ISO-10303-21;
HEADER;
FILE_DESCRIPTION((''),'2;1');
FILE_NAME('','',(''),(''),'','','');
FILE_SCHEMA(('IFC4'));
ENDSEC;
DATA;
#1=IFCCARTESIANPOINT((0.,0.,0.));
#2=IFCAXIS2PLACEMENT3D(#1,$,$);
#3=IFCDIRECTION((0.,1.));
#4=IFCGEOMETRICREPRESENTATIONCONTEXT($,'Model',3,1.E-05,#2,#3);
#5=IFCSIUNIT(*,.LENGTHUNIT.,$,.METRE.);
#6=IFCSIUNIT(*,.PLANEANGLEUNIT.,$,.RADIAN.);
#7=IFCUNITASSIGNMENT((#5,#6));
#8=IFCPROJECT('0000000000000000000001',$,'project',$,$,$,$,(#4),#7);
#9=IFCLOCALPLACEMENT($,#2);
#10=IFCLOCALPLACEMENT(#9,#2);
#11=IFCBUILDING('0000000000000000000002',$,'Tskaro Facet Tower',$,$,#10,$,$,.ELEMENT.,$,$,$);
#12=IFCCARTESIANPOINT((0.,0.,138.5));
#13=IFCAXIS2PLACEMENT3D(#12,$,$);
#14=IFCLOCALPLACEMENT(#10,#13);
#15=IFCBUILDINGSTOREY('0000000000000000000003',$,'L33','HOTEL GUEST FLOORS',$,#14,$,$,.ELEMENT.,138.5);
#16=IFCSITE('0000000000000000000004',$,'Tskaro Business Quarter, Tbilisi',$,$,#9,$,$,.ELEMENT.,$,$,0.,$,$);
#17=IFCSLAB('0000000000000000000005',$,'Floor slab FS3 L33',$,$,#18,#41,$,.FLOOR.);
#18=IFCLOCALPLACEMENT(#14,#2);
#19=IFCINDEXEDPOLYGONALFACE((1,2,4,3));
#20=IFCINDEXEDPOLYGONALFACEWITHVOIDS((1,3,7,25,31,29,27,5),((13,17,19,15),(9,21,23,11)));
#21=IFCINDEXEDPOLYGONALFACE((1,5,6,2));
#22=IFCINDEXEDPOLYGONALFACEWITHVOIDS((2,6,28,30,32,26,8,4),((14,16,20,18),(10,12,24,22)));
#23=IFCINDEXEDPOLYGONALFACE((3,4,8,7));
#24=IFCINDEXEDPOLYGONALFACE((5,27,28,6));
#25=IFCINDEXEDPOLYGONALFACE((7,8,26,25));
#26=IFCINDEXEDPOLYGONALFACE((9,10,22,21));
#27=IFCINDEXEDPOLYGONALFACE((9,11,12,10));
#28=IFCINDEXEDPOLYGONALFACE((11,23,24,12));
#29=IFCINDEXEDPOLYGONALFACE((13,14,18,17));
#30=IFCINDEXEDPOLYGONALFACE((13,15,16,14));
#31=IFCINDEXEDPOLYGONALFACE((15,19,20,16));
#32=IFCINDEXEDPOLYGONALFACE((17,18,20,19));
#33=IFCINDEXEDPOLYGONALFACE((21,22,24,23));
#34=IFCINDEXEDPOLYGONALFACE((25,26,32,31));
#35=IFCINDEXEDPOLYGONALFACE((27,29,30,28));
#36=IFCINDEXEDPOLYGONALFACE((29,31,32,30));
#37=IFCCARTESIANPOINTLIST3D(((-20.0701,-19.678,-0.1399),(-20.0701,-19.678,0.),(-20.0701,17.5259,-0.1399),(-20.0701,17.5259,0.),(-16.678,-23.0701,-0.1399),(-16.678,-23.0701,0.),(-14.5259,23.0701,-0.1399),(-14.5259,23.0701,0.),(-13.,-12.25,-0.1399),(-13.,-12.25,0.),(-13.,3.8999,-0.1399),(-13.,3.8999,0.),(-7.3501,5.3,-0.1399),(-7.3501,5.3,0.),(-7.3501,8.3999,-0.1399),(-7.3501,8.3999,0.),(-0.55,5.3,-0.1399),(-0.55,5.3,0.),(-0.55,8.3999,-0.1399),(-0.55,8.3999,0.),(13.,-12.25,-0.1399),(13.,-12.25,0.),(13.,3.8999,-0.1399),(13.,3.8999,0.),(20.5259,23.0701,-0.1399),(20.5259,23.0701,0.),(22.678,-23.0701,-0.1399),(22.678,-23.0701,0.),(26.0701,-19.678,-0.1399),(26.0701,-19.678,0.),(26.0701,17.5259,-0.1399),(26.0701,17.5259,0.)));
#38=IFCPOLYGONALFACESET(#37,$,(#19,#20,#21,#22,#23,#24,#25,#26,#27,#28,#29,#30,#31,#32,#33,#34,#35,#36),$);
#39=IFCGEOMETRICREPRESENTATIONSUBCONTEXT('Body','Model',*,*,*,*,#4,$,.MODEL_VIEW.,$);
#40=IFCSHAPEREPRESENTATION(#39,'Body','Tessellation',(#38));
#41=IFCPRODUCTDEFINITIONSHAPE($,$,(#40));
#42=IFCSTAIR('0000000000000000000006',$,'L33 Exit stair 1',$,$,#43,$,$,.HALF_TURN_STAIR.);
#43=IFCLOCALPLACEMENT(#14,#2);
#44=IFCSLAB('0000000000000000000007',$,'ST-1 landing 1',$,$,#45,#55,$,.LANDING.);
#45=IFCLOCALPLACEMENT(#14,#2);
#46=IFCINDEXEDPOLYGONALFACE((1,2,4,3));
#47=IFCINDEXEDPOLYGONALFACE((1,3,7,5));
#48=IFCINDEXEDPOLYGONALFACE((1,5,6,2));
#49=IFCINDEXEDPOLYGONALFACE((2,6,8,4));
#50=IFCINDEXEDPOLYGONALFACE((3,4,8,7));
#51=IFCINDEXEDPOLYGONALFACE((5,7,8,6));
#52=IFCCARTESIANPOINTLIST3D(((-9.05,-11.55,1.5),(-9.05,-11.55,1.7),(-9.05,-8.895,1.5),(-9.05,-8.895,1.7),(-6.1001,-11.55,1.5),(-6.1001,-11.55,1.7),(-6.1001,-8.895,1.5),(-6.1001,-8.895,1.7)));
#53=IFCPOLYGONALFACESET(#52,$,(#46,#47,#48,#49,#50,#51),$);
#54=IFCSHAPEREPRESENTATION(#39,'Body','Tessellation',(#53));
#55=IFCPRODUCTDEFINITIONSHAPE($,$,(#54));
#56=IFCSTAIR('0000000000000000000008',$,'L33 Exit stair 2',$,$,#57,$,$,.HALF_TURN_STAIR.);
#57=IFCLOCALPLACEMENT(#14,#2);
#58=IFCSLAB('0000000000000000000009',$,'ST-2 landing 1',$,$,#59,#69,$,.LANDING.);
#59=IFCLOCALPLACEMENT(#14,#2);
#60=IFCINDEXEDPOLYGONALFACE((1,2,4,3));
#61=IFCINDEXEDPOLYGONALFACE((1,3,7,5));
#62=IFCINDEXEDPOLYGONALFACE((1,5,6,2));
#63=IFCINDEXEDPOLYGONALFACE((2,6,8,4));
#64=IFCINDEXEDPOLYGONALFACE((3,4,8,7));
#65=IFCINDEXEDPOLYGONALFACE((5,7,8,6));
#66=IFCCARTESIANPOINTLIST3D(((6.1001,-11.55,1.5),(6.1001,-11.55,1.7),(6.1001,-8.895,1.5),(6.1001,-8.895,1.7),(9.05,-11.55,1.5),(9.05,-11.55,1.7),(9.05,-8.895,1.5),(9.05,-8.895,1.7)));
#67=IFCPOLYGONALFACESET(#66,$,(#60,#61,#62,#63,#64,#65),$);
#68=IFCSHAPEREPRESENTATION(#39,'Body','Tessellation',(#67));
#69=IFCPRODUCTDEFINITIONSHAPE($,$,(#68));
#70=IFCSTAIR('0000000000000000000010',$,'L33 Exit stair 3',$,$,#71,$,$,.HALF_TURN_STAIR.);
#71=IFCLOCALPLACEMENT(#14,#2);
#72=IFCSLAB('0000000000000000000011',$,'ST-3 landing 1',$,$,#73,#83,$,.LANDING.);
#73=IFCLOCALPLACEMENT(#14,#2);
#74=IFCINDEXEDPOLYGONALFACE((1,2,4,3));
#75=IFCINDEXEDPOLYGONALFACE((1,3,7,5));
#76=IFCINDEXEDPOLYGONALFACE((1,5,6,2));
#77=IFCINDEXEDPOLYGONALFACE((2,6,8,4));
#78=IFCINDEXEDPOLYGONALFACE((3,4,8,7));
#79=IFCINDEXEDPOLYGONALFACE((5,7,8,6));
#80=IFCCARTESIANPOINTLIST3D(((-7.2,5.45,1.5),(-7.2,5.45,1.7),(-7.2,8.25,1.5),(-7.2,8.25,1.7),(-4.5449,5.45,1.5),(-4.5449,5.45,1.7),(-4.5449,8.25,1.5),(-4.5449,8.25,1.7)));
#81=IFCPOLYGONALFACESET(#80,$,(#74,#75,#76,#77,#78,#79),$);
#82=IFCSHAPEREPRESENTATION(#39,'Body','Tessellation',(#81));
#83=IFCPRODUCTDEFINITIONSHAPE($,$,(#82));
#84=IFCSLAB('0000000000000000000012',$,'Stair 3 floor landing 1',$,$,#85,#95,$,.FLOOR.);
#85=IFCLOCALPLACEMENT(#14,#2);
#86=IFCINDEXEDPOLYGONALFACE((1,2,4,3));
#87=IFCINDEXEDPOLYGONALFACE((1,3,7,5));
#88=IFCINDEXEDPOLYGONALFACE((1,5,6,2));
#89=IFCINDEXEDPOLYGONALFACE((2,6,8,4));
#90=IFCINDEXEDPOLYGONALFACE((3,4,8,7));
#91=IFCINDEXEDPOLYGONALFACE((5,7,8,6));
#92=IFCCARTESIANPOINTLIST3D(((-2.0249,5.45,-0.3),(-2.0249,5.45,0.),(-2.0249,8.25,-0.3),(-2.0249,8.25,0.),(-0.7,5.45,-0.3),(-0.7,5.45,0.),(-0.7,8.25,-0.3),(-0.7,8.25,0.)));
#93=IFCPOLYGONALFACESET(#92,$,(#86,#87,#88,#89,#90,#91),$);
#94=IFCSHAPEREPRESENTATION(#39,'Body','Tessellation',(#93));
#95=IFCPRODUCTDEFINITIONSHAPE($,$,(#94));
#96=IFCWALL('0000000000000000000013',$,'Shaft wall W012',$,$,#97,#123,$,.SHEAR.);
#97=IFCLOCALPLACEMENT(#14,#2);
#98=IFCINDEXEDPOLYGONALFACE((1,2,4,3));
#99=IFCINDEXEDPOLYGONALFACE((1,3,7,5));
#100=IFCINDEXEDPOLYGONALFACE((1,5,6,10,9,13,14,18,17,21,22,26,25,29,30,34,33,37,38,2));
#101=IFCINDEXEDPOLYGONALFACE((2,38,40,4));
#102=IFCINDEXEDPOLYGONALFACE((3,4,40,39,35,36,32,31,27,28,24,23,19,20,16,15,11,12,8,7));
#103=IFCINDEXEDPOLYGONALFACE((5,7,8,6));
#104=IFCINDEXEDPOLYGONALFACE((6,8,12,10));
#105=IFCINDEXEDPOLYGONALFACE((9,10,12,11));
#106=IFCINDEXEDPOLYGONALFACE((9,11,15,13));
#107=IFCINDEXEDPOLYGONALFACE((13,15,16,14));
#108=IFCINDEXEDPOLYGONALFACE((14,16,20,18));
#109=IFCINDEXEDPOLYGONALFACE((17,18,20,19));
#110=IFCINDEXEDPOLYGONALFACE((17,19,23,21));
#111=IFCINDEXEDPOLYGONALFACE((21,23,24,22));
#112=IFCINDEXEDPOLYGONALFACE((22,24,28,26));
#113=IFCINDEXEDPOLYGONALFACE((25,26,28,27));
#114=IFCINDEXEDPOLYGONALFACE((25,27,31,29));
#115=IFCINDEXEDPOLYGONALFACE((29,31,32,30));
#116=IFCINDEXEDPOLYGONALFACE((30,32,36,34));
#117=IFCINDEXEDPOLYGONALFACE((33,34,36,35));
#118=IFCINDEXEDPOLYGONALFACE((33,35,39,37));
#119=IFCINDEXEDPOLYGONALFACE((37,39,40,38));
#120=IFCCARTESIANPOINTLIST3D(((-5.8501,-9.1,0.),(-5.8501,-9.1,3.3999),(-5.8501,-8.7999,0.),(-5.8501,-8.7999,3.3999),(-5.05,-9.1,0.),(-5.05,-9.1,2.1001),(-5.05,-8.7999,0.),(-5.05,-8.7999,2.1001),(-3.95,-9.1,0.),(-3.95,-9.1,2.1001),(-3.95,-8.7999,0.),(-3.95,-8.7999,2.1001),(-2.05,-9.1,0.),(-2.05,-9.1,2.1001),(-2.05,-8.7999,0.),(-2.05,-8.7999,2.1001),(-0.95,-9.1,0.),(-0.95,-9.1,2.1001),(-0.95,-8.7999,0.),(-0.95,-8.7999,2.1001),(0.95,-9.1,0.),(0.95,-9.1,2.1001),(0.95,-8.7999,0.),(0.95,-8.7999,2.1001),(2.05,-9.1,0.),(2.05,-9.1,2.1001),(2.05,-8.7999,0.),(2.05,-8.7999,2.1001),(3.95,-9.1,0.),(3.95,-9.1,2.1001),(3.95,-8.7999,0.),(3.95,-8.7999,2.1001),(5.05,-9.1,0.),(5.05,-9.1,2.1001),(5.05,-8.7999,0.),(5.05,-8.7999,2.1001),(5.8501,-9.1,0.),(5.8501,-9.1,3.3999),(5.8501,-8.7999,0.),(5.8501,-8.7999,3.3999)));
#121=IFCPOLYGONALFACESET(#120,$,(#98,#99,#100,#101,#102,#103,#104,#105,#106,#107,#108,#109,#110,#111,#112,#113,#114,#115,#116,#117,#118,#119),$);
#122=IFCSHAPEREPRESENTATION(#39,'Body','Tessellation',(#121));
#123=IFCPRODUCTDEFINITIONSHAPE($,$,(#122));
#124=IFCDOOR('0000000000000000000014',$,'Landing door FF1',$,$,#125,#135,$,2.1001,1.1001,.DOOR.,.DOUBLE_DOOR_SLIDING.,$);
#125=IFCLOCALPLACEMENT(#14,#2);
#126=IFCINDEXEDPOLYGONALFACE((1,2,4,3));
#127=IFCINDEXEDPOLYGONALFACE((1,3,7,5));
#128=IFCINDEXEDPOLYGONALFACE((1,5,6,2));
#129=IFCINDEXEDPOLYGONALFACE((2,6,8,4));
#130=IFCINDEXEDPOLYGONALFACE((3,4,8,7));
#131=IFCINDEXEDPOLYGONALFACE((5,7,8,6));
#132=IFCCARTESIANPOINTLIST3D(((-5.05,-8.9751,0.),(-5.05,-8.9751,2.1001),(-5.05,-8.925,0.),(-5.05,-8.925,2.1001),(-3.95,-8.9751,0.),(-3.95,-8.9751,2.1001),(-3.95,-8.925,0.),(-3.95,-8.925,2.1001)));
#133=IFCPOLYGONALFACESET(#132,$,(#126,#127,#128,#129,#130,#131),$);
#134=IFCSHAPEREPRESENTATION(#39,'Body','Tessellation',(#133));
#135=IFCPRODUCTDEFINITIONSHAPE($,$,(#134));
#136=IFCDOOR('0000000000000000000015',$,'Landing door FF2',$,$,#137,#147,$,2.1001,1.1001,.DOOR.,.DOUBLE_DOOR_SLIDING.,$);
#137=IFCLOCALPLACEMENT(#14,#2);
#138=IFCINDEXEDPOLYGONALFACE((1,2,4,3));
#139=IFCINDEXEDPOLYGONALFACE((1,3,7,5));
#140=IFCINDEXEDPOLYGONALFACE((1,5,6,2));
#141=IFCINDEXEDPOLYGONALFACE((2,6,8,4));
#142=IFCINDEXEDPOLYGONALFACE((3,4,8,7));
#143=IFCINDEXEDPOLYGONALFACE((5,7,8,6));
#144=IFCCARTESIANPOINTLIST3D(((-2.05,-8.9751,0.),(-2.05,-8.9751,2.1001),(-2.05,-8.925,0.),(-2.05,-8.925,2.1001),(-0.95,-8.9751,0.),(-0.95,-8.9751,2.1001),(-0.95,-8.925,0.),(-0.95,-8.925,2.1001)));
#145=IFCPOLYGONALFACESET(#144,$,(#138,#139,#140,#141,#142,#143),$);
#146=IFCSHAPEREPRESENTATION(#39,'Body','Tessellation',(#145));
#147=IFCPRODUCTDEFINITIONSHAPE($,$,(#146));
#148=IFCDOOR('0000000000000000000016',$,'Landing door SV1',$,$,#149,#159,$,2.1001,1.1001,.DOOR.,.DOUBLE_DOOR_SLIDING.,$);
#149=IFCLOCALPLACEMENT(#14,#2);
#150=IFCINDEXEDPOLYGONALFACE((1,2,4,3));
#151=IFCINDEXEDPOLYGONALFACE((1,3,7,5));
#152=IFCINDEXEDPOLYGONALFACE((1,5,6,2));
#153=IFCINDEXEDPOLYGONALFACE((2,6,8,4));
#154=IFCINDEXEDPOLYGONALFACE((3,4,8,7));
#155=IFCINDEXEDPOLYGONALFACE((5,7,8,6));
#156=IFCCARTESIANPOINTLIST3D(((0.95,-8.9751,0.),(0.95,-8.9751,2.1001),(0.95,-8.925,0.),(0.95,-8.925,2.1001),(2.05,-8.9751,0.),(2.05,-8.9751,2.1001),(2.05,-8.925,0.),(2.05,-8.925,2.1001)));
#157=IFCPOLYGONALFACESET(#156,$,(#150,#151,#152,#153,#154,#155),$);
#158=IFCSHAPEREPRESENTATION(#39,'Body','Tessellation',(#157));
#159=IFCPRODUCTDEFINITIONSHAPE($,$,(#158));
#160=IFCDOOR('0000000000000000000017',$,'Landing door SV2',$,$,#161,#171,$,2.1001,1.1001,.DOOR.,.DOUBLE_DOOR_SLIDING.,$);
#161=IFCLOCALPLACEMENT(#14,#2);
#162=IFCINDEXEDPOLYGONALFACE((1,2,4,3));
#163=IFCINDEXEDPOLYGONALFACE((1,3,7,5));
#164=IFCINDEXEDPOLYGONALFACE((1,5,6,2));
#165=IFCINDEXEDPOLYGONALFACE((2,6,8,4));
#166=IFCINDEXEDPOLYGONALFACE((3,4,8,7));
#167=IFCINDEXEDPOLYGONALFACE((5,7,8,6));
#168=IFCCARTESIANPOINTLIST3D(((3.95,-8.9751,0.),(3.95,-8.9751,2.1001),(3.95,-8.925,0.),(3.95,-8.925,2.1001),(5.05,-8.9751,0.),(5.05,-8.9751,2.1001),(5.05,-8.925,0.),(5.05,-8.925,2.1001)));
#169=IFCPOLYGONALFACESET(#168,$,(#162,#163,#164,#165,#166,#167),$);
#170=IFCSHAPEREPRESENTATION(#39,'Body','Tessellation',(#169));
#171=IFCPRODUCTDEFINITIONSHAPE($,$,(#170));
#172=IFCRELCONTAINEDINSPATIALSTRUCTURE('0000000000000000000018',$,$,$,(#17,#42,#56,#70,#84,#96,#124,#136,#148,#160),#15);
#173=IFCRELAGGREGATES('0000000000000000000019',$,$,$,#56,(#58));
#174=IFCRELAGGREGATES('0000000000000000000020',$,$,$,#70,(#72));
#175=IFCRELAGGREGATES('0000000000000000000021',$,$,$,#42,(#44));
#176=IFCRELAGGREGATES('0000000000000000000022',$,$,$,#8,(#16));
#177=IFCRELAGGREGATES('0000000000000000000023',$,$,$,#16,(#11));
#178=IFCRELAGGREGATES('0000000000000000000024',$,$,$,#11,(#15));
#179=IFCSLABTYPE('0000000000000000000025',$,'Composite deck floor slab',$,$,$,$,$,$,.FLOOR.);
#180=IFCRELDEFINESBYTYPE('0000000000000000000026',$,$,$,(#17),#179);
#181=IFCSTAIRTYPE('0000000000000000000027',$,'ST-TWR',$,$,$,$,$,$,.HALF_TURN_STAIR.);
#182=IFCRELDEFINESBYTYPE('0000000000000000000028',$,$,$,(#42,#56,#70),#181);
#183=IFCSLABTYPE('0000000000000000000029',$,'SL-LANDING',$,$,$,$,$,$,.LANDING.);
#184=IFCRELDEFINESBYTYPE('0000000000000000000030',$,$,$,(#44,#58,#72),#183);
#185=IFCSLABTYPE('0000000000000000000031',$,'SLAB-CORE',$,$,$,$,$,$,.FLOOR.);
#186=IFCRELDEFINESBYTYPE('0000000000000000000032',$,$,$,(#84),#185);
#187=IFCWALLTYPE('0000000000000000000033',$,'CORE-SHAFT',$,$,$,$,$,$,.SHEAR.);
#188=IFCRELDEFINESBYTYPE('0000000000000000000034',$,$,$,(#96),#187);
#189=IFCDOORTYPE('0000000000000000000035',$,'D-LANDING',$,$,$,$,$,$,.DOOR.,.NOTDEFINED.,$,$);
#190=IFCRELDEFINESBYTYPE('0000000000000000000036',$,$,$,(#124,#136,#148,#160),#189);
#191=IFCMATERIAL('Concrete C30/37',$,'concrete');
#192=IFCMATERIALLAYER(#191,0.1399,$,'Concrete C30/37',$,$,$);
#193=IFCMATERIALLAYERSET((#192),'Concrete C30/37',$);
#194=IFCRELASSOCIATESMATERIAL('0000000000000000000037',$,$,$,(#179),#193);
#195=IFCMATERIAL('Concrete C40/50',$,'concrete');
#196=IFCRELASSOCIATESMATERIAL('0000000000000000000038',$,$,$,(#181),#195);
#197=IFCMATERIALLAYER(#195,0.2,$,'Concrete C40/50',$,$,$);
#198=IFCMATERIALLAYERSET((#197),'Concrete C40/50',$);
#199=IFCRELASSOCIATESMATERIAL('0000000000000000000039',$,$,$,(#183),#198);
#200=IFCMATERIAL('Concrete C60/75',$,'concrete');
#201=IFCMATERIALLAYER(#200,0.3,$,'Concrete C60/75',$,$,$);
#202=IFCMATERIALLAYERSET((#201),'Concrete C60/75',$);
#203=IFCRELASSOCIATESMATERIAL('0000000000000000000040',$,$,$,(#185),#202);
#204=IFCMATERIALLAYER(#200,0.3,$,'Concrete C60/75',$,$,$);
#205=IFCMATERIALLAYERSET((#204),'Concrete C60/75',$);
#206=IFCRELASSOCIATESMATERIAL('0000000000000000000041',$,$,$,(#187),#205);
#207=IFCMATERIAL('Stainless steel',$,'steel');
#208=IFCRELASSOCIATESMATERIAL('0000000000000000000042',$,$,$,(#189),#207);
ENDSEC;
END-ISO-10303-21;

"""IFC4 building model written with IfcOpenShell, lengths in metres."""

from ifc_helpers import new_model, si_unit, direction, frame, frame_2d, origin, place, context, subcontext, project, spatial, polyline, rectangle, outline, extrude, material, layer, layer_set, type_object, element, fill, aggregate, save


model = new_model("IFC4")

# Units and contexts
model_context = context("Model", 3, precision=1e-05, world=origin(), true_north=direction((0.0, 1.0)))
body_context = subcontext(model_context, "Body", "Model", "MODEL_VIEW")
ifc_project = project(units=[si_unit("LENGTHUNIT", "METRE"), si_unit("PLANEANGLEUNIT", "RADIAN")], contexts=[model_context])

# Site, building, storey
site_placement = place(None, origin())
site = spatial("IfcSite", under=ifc_project, at=site_placement, Name="Tskaro Business Quarter, Tbilisi", CompositionType="ELEMENT", RefElevation=0.0)
building_placement = place(site_placement, origin())
building = spatial("IfcBuilding", under=site, at=building_placement, Name="Tskaro Facet Tower", CompositionType="ELEMENT")
storey_placement = place(building_placement, frame((0.0, 0.0, 138.5)))
storey = spatial("IfcBuildingStorey", under=building, at=storey_placement, Name="L33", Description="HOTEL GUEST FLOORS", CompositionType="ELEMENT", Elevation=138.5)

# Slab
ifc_material_1 = material(Name="Concrete C30/37", Category="concrete")
ifc_layer_1 = layer(ifc_material_1, 0.1399, Name="Concrete C30/37")
ifc_layer_set_1 = layer_set([ifc_layer_1], Name="Concrete C30/37")
slab_type_1 = type_object("IfcSlabType", Name="Composite deck floor slab", PredefinedType="FLOOR", material=ifc_layer_set_1)
slab_1_placement = place(storey_placement, frame((0.0, 0.0, -0.1399)))
element("IfcSlab", 1, at=slab_1_placement, inside=storey, type_object=slab_type_1, Name="Floor slab FS3 L33", PredefinedType="FLOOR", context=body_context, shape_type="SweptSolid", body=[
    extrude(outline(polyline([(-16.678, -23.0701), (22.678, -23.0701), (26.0701, -19.678), (26.0701, 17.5259), (20.5259, 23.0701), (-14.5259, 23.0701), (-20.0701, 17.5259), (-20.0701, -19.678), (-16.678, -23.0701)]), holes=[polyline([(-13.0, -12.25), (13.0, -12.25), (13.0, 3.8999), (-13.0, 3.8999), (-13.0, -12.25)]), polyline([(-7.3501, 5.3), (-0.55, 5.3), (-0.55, 8.3999), (-7.3501, 8.3999), (-7.3501, 5.3)])]), origin(), (0.0, 0.0, 1.0), 0.1399),
])

# Stairs, slabs
ifc_material_2 = material(Name="Concrete C40/50", Category="concrete")
stair_type = type_object("IfcStairType", Name="ST-TWR", PredefinedType="HALF_TURN_STAIR", material=ifc_material_2)
stair_1_placement = place(storey_placement, origin())
stair_1 = element("IfcStair", 2, at=stair_1_placement, inside=storey, type_object=stair_type, Name="L33 Exit stair 1", PredefinedType="HALF_TURN_STAIR")
ifc_layer_2 = layer(ifc_material_2, 0.2, Name="Concrete C40/50")
ifc_layer_set_2 = layer_set([ifc_layer_2], Name="Concrete C40/50")
slab_type_2 = type_object("IfcSlabType", Name="SL-LANDING", PredefinedType="LANDING", material=ifc_layer_set_2)
slab_2_placement = place(storey_placement, frame((0.0, 0.0, 1.5)))
slab_2 = element("IfcSlab", 3, at=slab_2_placement, type_object=slab_type_2, Name="ST-1 landing 1", PredefinedType="LANDING", context=body_context, shape_type="SweptSolid", body=[
    extrude(outline(polyline([(-9.05, -11.55), (-6.1001, -11.55), (-6.1001, -8.895), (-9.05, -8.895), (-9.05, -11.55)])), origin(), (0.0, 0.0, 1.0), 0.2),
])
stair_2_placement = place(storey_placement, origin())
stair_2 = element("IfcStair", 4, at=stair_2_placement, inside=storey, type_object=stair_type, Name="L33 Exit stair 2", PredefinedType="HALF_TURN_STAIR")
slab_3_placement = place(storey_placement, frame((0.0, 0.0, 1.5)))
slab_3 = element("IfcSlab", 5, at=slab_3_placement, type_object=slab_type_2, Name="ST-2 landing 1", PredefinedType="LANDING", context=body_context, shape_type="SweptSolid", body=[
    extrude(outline(polyline([(6.1001, -11.55), (9.05, -11.55), (9.05, -8.895), (6.1001, -8.895), (6.1001, -11.55)])), origin(), (0.0, 0.0, 1.0), 0.2),
])
aggregate(stair_2, [slab_3])
stair_3_placement = place(storey_placement, origin())
stair_3 = element("IfcStair", 6, at=stair_3_placement, inside=storey, type_object=stair_type, Name="L33 Exit stair 3", PredefinedType="HALF_TURN_STAIR")
slab_4_placement = place(storey_placement, frame((0.0, 0.0, 1.5)))
slab_4 = element("IfcSlab", 7, at=slab_4_placement, type_object=slab_type_2, Name="ST-3 landing 1", PredefinedType="LANDING", context=body_context, shape_type="SweptSolid", body=[
    extrude(outline(polyline([(-7.2, 5.45), (-4.5449, 5.45), (-4.5449, 8.25), (-7.2, 8.25), (-7.2, 5.45)])), origin(), (0.0, 0.0, 1.0), 0.2),
])
aggregate(stair_3, [slab_4])

# Slab
ifc_material_3 = material(Name="Concrete C60/75", Category="concrete")
ifc_layer_3 = layer(ifc_material_3, 0.3, Name="Concrete C60/75")
ifc_layer_set_3 = layer_set([ifc_layer_3], Name="Concrete C60/75")
slab_type_3 = type_object("IfcSlabType", Name="SLAB-CORE", PredefinedType="FLOOR", material=ifc_layer_set_3)
slab_5_placement = place(storey_placement, frame((0.0, 0.0, -0.3)))
element("IfcSlab", 8, at=slab_5_placement, inside=storey, type_object=slab_type_3, Name="Stair 3 floor landing 1", PredefinedType="FLOOR", context=body_context, shape_type="SweptSolid", body=[
    extrude(outline(polyline([(-2.0249, 5.45), (-0.7, 5.45), (-0.7, 8.25), (-2.0249, 8.25), (-2.0249, 5.45)])), origin(), (0.0, 0.0, 1.0), 0.3),
])

# Wall, openings, doors
ifc_layer_4 = layer(ifc_material_3, 0.3, Name="Concrete C60/75")
ifc_layer_set_4 = layer_set([ifc_layer_4], Name="Concrete C60/75")
wall_type_1 = type_object("IfcWallType", Name="CORE-SHAFT", PredefinedType="SHEAR", material=ifc_layer_set_4)
wall_1_placement = place(storey_placement, frame((-5.8501, -8.95, 0.0), z_axis=(0.0, 0.0, 1.0), x_axis=(1.0, 0.0, 0.0)))
wall_1 = element("IfcWall", 9, at=wall_1_placement, inside=storey, type_object=wall_type_1, Name="Shaft wall W012", PredefinedType="SHEAR", context=body_context, shape_type="SweptSolid", body=[
    extrude(rectangle(XDim=11.7002, YDim=0.3, at=frame_2d((5.8501, 0.0))), origin(), (0.0, 0.0, 1.0), 3.3999),
])
opening_1_placement = place(wall_1_placement, frame((0.8, 0.0, 0.0)))
opening_1 = element("IfcOpeningElement", 10, at=opening_1_placement, cuts=wall_1, PredefinedType="OPENING", context=body_context, shape_type="SweptSolid", body=[
    extrude(rectangle(XDim=1.1001, YDim=2.1001, at=frame_2d((0.55, 1.05))), frame((0.0, 0.1599, 0.0), z_axis=(0.0, -1.0, 0.0), x_axis=(1.0, 0.0, 0.0)), (0.0, 0.0, 1.0), 0.3201),
])
opening_2_placement = place(wall_1_placement, frame((3.8, 0.0, 0.0)))
opening_2 = element("IfcOpeningElement", 11, at=opening_2_placement, cuts=wall_1, PredefinedType="OPENING", context=body_context, shape_type="SweptSolid", body=[
    extrude(rectangle(XDim=1.1001, YDim=2.1001, at=frame_2d((0.55, 1.05))), frame((0.0, 0.1599, 0.0), z_axis=(0.0, -1.0, 0.0), x_axis=(1.0, 0.0, 0.0)), (0.0, 0.0, 1.0), 0.3201),
])
opening_3_placement = place(wall_1_placement, frame((6.8, 0.0, 0.0)))
opening_3 = element("IfcOpeningElement", 12, at=opening_3_placement, cuts=wall_1, PredefinedType="OPENING", context=body_context, shape_type="SweptSolid", body=[
    extrude(rectangle(XDim=1.1001, YDim=2.1001, at=frame_2d((0.55, 1.05))), frame((0.0, 0.1599, 0.0), z_axis=(0.0, -1.0, 0.0), x_axis=(1.0, 0.0, 0.0)), (0.0, 0.0, 1.0), 0.3201),
])
opening_4_placement = place(wall_1_placement, frame((9.8, 0.0, 0.0)))
opening_4 = element("IfcOpeningElement", 13, at=opening_4_placement, cuts=wall_1, PredefinedType="OPENING", context=body_context, shape_type="SweptSolid", body=[
    extrude(rectangle(XDim=1.1001, YDim=2.1001, at=frame_2d((0.55, 1.05))), frame((0.0, 0.1599, 0.0), z_axis=(0.0, -1.0, 0.0), x_axis=(1.0, 0.0, 0.0)), (0.0, 0.0, 1.0), 0.3201),
])
ifc_material_4 = material(Name="Stainless steel", Category="steel")
door_type_1 = type_object("IfcDoorType", Name="D-LANDING", OperationType="NOTDEFINED", PredefinedType="DOOR", material=ifc_material_4)
door_1_placement = place(opening_1_placement, origin())
door_1 = element("IfcDoor", 14, at=door_1_placement, inside=storey, type_object=door_type_1, Name="Landing door FF1", OperationType="DOUBLE_DOOR_SLIDING", OverallHeight=2.1001, OverallWidth=1.1001, PredefinedType="DOOR", context=body_context, shape_type="SweptSolid", body=[
    extrude(rectangle(XDim=1.1001, YDim=2.1001, at=frame_2d((0.55, 1.05))), frame((0.0, 0.0249, 0.0), z_axis=(0.0, -1.0, 0.0), x_axis=(1.0, 0.0, 0.0)), (0.0, 0.0, 1.0), 0.05),
])
fill(opening_1, door_1)
door_2_placement = place(opening_2_placement, origin())
door_2 = element("IfcDoor", 15, at=door_2_placement, inside=storey, type_object=door_type_1, Name="Landing door FF2", OperationType="DOUBLE_DOOR_SLIDING", OverallHeight=2.1001, OverallWidth=1.1001, PredefinedType="DOOR", context=body_context, shape_type="SweptSolid", body=[
    extrude(rectangle(XDim=1.1001, YDim=2.1001, at=frame_2d((0.55, 1.05))), frame((0.0, 0.0249, 0.0), z_axis=(0.0, -1.0, 0.0), x_axis=(1.0, 0.0, 0.0)), (0.0, 0.0, 1.0), 0.05),
])
fill(opening_2, door_2)
door_3_placement = place(opening_3_placement, origin())
door_3 = element("IfcDoor", 16, at=door_3_placement, inside=storey, type_object=door_type_1, Name="Landing door SV1", OperationType="DOUBLE_DOOR_SLIDING", OverallHeight=2.1001, OverallWidth=1.1001, PredefinedType="DOOR", context=body_context, shape_type="SweptSolid", body=[
    extrude(rectangle(XDim=1.1001, YDim=2.1001, at=frame_2d((0.55, 1.05))), frame((0.0, 0.0249, 0.0), z_axis=(0.0, -1.0, 0.0), x_axis=(1.0, 0.0, 0.0)), (0.0, 0.0, 1.0), 0.05),
])
fill(opening_3, door_3)
door_4_placement = place(opening_4_placement, origin())
door_4 = element("IfcDoor", 17, at=door_4_placement, inside=storey, type_object=door_type_1, Name="Landing door SV2", OperationType="DOUBLE_DOOR_SLIDING", OverallHeight=2.1001, OverallWidth=1.1001, PredefinedType="DOOR", context=body_context, shape_type="SweptSolid", body=[
    extrude(rectangle(XDim=1.1001, YDim=2.1001, at=frame_2d((0.55, 1.05))), frame((0.0, 0.0249, 0.0), z_axis=(0.0, -1.0, 0.0), x_axis=(1.0, 0.0, 0.0)), (0.0, 0.0, 1.0), 0.05),
])
fill(opening_4, door_4)

aggregate(stair_1, [slab_2])

save(model, "model.ifc")
